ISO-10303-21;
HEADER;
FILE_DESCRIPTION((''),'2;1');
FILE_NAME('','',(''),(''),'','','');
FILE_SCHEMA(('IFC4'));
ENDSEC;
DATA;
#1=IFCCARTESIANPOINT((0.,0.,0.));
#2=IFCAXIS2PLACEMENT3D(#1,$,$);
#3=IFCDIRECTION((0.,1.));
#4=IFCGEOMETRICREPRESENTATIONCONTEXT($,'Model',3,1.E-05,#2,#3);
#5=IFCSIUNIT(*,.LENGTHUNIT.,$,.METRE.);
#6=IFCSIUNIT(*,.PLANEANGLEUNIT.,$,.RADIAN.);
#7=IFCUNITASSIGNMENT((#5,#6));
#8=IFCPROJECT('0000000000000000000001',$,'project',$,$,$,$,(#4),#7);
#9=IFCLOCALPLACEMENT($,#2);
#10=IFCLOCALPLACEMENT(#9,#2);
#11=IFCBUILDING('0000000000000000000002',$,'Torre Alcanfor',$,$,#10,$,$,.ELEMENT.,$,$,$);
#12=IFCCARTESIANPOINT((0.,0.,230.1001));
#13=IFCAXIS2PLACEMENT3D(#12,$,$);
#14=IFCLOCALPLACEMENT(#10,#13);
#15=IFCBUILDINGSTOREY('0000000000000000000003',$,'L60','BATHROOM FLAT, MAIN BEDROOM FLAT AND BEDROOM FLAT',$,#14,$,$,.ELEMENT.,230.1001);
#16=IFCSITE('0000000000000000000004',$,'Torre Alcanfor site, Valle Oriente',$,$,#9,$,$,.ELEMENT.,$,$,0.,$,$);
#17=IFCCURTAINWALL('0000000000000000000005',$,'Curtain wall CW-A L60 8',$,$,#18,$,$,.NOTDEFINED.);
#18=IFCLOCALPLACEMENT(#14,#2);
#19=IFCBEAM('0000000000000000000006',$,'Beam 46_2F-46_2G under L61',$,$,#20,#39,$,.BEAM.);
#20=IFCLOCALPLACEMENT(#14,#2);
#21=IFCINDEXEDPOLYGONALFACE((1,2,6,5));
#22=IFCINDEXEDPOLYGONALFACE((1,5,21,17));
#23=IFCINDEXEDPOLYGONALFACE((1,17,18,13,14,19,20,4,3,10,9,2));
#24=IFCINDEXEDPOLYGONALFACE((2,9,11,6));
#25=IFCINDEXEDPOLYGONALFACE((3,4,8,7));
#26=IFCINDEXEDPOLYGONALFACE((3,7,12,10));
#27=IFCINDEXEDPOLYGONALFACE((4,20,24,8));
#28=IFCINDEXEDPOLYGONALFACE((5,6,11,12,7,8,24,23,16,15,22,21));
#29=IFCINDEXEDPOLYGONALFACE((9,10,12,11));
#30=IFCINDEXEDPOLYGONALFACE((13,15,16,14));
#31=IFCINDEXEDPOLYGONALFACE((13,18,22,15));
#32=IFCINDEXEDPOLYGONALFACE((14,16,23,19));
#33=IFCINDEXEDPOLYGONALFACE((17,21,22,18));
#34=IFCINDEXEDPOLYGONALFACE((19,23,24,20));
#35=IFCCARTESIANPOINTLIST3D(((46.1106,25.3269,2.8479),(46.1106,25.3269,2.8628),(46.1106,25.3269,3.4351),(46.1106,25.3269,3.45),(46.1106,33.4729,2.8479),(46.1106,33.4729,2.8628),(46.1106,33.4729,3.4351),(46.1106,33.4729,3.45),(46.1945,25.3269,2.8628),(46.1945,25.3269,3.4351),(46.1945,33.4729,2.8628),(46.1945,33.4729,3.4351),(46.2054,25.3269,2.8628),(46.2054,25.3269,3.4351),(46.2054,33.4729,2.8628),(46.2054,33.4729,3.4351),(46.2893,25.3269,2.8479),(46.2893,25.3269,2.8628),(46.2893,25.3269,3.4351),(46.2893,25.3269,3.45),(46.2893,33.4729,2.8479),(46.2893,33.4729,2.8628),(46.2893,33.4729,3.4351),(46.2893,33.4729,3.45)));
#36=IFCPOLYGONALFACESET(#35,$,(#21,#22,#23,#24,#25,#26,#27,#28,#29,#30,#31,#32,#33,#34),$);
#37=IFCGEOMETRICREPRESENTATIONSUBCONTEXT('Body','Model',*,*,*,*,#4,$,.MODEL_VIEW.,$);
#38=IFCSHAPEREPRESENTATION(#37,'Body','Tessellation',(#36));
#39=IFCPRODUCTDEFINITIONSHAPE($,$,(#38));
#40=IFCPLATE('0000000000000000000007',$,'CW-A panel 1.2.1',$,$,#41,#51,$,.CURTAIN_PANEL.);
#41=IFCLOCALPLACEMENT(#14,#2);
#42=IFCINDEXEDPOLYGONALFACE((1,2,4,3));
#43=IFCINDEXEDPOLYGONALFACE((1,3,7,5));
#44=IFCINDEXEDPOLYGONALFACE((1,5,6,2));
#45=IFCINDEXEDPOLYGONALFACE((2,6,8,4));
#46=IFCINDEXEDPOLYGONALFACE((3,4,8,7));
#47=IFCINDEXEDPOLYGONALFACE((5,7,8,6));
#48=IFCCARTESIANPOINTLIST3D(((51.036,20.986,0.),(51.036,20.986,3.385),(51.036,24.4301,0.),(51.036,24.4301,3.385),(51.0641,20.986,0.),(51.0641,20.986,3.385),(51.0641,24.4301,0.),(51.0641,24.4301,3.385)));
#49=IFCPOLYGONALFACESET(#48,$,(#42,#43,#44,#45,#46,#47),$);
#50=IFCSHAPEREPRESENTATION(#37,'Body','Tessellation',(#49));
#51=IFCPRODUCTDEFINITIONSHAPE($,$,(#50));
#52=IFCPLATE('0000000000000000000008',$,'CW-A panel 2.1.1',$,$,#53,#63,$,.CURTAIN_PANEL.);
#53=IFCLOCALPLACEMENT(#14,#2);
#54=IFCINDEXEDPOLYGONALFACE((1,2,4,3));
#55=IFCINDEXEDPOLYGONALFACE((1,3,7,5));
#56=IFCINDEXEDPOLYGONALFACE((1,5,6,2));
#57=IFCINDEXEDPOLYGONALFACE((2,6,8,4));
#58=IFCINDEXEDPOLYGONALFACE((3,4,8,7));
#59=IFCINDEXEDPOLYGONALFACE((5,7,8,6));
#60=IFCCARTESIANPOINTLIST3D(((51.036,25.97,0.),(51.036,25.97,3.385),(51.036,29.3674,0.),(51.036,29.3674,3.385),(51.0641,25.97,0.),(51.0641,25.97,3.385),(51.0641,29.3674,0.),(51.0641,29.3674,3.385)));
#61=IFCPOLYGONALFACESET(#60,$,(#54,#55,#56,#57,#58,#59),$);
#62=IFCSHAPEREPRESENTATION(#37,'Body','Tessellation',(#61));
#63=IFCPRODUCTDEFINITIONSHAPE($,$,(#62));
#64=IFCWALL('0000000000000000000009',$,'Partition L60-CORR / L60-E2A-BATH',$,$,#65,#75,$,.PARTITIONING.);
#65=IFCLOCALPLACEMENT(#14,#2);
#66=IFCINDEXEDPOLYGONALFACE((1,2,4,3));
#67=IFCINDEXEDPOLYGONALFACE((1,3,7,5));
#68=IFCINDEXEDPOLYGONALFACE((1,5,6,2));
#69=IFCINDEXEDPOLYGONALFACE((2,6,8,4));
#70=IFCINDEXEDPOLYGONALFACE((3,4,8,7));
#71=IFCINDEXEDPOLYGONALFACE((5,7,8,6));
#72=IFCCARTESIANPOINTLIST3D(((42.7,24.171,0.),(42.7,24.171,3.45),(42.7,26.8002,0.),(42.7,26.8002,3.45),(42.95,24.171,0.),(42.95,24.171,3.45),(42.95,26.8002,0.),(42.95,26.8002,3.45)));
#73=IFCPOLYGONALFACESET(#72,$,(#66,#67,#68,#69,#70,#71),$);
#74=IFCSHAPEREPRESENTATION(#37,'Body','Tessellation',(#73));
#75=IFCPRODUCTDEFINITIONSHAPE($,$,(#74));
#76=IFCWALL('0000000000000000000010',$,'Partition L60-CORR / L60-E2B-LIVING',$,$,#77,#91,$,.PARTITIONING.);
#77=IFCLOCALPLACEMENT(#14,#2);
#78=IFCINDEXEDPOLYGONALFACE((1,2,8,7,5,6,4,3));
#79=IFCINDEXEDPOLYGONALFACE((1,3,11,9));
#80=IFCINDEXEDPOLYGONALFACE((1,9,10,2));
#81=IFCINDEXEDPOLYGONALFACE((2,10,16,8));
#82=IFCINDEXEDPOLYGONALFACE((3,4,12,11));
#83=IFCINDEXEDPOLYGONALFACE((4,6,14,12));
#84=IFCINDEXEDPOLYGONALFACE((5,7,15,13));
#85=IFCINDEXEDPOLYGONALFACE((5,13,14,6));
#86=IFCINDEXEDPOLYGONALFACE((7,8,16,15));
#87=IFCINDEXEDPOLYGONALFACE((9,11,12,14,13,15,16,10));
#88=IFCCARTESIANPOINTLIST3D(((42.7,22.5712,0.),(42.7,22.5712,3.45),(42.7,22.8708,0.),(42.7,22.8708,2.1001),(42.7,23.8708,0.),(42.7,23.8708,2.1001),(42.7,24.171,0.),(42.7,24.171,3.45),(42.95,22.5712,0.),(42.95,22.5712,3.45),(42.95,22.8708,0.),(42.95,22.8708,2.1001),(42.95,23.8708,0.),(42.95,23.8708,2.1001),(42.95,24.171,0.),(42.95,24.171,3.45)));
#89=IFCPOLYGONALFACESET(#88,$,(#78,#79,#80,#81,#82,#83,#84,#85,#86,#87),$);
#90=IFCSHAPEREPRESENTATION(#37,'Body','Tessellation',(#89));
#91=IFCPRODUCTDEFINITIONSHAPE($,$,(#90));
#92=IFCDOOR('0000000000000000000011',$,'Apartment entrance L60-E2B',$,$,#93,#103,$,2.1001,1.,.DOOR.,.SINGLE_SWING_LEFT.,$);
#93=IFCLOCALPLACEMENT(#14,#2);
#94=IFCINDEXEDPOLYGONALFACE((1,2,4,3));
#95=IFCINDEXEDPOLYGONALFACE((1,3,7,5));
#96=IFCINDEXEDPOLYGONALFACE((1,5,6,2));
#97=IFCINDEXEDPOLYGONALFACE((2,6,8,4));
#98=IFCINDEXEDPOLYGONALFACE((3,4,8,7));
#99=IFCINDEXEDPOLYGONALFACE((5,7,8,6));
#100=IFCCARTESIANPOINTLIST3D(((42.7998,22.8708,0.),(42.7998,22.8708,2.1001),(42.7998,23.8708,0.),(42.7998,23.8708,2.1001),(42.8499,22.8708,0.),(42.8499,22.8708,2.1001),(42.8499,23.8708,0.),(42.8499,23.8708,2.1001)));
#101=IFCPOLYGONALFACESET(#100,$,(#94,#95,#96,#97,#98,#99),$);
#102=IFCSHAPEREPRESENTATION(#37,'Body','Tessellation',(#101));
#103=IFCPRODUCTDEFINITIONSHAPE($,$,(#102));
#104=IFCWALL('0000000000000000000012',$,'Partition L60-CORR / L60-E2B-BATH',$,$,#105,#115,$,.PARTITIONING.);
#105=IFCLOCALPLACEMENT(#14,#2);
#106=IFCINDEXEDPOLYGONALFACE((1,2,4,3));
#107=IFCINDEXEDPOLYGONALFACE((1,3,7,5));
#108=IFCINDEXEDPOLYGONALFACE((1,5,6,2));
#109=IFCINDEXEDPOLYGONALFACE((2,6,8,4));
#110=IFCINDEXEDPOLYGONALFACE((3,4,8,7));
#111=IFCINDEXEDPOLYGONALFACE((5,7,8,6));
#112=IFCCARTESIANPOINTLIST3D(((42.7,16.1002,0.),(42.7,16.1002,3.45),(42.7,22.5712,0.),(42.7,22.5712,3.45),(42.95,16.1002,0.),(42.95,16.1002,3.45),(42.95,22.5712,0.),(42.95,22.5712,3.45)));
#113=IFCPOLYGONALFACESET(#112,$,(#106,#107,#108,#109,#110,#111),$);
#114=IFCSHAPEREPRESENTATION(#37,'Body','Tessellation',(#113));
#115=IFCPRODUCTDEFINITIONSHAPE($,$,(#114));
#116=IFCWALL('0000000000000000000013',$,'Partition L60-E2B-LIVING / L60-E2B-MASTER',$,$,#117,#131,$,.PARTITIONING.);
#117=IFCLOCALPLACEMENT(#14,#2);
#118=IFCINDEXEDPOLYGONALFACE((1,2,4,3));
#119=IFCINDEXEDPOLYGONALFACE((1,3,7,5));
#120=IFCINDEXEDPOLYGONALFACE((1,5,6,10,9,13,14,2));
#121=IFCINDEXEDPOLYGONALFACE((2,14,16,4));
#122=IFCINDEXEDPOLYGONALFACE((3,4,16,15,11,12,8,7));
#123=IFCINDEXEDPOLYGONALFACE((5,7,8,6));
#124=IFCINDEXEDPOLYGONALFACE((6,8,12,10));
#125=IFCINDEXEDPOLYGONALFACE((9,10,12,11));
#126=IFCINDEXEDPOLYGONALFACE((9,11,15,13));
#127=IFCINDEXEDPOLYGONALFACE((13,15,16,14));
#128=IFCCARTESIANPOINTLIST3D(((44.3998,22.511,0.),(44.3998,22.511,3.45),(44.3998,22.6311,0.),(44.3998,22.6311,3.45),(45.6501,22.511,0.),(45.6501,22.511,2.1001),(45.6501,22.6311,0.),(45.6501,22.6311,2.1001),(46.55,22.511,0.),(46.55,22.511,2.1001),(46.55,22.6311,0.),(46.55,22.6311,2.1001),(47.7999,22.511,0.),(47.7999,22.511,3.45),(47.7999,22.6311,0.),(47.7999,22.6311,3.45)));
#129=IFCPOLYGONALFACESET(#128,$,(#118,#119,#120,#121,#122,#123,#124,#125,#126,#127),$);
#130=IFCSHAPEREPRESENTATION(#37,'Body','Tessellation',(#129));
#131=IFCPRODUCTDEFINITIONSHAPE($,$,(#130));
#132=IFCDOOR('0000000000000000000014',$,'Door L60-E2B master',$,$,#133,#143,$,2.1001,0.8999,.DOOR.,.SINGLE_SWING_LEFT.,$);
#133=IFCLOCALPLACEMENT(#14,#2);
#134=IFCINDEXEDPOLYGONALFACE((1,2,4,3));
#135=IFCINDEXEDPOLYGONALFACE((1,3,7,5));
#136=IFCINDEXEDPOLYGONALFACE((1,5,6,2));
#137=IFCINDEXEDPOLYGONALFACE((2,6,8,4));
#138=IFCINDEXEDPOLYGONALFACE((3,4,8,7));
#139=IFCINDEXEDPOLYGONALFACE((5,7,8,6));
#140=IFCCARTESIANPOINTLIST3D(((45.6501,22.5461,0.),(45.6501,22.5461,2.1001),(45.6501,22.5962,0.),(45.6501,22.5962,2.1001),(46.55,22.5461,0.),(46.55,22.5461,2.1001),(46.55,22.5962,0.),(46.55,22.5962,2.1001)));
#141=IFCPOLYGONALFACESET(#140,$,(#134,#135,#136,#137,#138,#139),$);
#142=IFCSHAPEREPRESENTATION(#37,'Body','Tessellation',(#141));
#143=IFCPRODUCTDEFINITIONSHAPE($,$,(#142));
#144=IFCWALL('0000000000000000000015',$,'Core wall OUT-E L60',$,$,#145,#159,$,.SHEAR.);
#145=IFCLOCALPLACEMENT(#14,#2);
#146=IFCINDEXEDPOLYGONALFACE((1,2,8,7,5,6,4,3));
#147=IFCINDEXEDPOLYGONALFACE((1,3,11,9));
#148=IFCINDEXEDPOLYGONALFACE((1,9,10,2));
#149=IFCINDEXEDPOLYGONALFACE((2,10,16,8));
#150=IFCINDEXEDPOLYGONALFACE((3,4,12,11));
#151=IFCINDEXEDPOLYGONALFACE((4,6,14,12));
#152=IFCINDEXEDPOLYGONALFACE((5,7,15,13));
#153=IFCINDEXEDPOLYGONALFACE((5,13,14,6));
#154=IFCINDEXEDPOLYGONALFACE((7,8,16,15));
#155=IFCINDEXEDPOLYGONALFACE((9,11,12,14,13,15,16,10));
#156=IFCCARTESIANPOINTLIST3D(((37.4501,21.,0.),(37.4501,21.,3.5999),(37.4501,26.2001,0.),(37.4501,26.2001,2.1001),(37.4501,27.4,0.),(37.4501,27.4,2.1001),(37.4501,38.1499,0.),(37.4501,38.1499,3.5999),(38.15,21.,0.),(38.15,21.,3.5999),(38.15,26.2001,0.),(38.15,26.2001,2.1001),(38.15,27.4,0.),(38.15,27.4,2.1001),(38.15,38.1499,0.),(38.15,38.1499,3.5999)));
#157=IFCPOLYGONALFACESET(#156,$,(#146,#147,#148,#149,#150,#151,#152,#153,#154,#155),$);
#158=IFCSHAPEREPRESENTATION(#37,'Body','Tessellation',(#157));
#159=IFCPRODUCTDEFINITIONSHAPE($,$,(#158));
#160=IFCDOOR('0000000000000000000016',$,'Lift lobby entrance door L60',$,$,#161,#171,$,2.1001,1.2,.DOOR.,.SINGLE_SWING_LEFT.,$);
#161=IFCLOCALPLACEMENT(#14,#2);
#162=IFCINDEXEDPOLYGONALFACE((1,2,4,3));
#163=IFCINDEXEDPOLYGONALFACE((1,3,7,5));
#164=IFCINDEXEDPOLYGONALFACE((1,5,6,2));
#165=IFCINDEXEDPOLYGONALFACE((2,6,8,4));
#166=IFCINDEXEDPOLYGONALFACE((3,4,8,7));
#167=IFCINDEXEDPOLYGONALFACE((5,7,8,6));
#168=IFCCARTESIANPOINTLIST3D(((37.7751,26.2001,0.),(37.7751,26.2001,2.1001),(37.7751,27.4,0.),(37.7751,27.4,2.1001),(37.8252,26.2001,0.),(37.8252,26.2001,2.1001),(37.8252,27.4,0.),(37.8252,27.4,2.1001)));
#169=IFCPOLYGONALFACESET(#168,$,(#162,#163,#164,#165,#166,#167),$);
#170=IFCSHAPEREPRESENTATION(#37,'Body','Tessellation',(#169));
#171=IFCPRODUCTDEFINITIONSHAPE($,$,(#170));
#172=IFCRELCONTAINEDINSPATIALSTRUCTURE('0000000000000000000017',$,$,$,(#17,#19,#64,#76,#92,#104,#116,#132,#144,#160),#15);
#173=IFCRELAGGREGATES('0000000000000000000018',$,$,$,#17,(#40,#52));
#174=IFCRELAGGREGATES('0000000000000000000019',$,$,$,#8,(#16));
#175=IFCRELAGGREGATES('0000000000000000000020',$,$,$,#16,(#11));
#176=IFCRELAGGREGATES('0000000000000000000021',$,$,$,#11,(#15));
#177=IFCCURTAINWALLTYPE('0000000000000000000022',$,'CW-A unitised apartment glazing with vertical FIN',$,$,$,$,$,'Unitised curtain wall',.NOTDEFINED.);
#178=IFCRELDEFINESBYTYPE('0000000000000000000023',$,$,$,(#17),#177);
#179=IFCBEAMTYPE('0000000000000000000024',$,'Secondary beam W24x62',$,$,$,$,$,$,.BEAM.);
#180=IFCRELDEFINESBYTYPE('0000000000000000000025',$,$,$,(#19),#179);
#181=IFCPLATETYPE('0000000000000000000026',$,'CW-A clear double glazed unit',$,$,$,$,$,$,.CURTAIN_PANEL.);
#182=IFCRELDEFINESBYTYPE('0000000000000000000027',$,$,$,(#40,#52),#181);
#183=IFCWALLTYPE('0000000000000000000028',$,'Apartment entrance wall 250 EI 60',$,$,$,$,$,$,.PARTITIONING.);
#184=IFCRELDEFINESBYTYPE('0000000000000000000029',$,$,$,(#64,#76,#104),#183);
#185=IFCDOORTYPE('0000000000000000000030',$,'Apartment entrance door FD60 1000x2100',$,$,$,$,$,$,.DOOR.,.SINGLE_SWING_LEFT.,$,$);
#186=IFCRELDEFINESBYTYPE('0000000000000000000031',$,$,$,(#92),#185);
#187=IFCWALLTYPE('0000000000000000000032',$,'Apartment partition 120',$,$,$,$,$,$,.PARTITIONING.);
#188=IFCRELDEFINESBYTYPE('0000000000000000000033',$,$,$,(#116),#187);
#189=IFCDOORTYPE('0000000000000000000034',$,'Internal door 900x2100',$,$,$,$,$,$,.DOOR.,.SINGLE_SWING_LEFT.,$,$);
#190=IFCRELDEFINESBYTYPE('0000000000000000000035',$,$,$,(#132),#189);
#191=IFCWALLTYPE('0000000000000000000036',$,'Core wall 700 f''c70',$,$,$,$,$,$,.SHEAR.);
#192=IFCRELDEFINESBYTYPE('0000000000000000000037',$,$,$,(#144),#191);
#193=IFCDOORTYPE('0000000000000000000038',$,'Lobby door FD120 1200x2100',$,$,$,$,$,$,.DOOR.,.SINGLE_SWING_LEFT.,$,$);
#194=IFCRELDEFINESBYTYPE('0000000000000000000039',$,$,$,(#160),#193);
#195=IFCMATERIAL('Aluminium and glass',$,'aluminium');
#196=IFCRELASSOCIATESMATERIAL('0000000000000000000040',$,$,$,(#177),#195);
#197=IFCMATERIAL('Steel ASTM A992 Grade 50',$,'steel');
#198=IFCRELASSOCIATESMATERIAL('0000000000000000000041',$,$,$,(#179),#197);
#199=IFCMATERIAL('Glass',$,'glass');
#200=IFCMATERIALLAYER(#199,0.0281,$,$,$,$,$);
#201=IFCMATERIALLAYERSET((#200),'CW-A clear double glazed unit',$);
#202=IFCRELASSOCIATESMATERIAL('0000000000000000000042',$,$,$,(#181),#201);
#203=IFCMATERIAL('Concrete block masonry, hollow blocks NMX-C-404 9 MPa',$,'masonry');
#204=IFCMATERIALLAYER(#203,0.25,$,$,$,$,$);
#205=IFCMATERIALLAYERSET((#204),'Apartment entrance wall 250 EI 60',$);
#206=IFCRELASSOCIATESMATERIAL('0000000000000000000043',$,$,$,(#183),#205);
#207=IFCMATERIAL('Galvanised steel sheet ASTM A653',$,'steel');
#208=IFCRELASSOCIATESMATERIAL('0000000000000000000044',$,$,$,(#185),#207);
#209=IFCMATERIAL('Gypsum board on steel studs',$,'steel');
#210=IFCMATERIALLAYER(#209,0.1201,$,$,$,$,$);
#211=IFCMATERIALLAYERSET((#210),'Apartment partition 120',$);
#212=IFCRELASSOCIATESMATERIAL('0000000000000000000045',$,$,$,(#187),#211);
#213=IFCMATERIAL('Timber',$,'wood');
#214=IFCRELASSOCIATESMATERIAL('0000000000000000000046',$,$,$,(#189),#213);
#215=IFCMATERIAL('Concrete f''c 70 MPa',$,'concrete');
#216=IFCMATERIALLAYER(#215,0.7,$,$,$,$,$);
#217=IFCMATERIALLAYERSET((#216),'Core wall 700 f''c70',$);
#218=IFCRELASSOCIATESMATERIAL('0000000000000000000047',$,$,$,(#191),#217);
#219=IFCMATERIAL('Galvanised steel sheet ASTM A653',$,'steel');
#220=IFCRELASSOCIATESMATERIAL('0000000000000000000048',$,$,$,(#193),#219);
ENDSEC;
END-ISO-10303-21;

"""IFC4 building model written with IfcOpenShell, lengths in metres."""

from ifc_helpers import new_model, si_unit, direction, frame, frame_2d, origin, origin_2d, place, context, subcontext, project, spatial, rectangle, i_section, extrude, material, layer, layer_set, material_profile, profile_set, type_object, element, fill, aggregate, save


model = new_model("IFC4")

# Units and contexts
model_context = context("Model", 3, precision=1e-05, world=origin(), true_north=direction((0.0, 1.0)))
body_context = subcontext(model_context, "Body", "Model", "MODEL_VIEW")
ifc_project = project(units=[si_unit("LENGTHUNIT", "METRE"), si_unit("PLANEANGLEUNIT", "RADIAN")], contexts=[model_context])

# Site, building, storey
site_placement = place(None, origin())
site = spatial("IfcSite", under=ifc_project, at=site_placement, Name="Torre Alcanfor site, Valle Oriente", CompositionType="ELEMENT", RefElevation=0.0)
building_placement = place(site_placement, origin())
building = spatial("IfcBuilding", under=site, at=building_placement, Name="Torre Alcanfor", CompositionType="ELEMENT")
storey_placement = place(building_placement, frame((0.0, 0.0, 230.1001)))
storey = spatial("IfcBuildingStorey", under=building, at=storey_placement, Name="L60", Description="BATHROOM FLAT, MAIN BEDROOM FLAT AND BEDROOM FLAT", CompositionType="ELEMENT", Elevation=230.1001)

# Curtain wall
ifc_material_1 = material(Name="Aluminium and glass", Category="aluminium")
curtain_wall_type = type_object("IfcCurtainWallType", Name="CW-A unitised apartment glazing with vertical FIN", ElementType="Unitised curtain wall", PredefinedType="NOTDEFINED", material=ifc_material_1)
curtain_wall_placement = place(storey_placement, origin())
curtain_wall = element("IfcCurtainWall", 1, at=curtain_wall_placement, inside=storey, type_object=curtain_wall_type, Name="Curtain wall CW-A L60 8", PredefinedType="NOTDEFINED")

# Beam
ifc_material_2 = material(Name="Steel ASTM A992 Grade 50", Category="steel")
ifc_material_profile_1 = material_profile(ifc_material_2, i_section(OverallWidth=0.1787, OverallDepth=0.6021, WebThickness=0.011, FlangeThickness=0.0149, at=origin_2d()), Name="W24x62")
ifc_profile_set_1 = profile_set([ifc_material_profile_1], Name="Steel ASTM A992 Grade 50")
beam_type_1 = type_object("IfcBeamType", Name="Secondary beam W24x62", PredefinedType="BEAM", material=ifc_profile_set_1)
beam_1_placement = place(storey_placement, frame((46.2, 25.3269, 3.1489), z_axis=(0.0, 1.0, 0.0), x_axis=(-1.0, 0.0, 0.0)))
element("IfcBeam", 2, at=beam_1_placement, inside=storey, type_object=beam_type_1, Name="Beam 46_2F-46_2G under L61", PredefinedType="BEAM", context=body_context, shape_type="SweptSolid", body=[
    extrude(i_section(OverallWidth=0.1787, OverallDepth=0.6021, WebThickness=0.011, FlangeThickness=0.0149, at=origin_2d()), origin(), (0.0, 0.0, 1.0), 8.146),
])

# Plates
ifc_material_3 = material(Name="Glass", Category="glass")
ifc_layer_1 = layer(ifc_material_3, 0.0281)
ifc_layer_set_1 = layer_set([ifc_layer_1], Name="CW-A clear double glazed unit")
plate_type = type_object("IfcPlateType", Name="CW-A clear double glazed unit", PredefinedType="CURTAIN_PANEL", material=ifc_layer_set_1)
plate_1_placement = place(storey_placement, frame((51.05, 22.708, 0.0), z_axis=(0.0, 0.0, 1.0), x_axis=(0.0, 1.0, 0.0)))
plate_1 = element("IfcPlate", 3, at=plate_1_placement, type_object=plate_type, Name="CW-A panel 1.2.1", PredefinedType="CURTAIN_PANEL", context=body_context, shape_type="SweptSolid", body=[
    extrude(rectangle(XDim=3.4441, YDim=0.0281, at=origin_2d()), origin(), (0.0, 0.0, 1.0), 3.385),
])
plate_2_placement = place(storey_placement, frame((51.05, 27.6687, 0.0), z_axis=(0.0, 0.0, 1.0), x_axis=(0.0, 1.0, 0.0)))
plate_2 = element("IfcPlate", 4, at=plate_2_placement, type_object=plate_type, Name="CW-A panel 2.1.1", PredefinedType="CURTAIN_PANEL", context=body_context, shape_type="SweptSolid", body=[
    extrude(rectangle(XDim=3.3975, YDim=0.0281, at=origin_2d()), origin(), (0.0, 0.0, 1.0), 3.385),
])
aggregate(curtain_wall, [plate_1, plate_2])

# Wall
ifc_material_4 = material(Name="Concrete block masonry, hollow blocks NMX-C-404 9 MPa", Category="masonry")
ifc_layer_2 = layer(ifc_material_4, 0.25)
ifc_layer_set_2 = layer_set([ifc_layer_2], Name="Apartment entrance wall 250 EI 60")
wall_type_1 = type_object("IfcWallType", Name="Apartment entrance wall 250 EI 60", PredefinedType="PARTITIONING", material=ifc_layer_set_2)
wall_1_placement = place(storey_placement, frame((42.825, 26.8, 0.0), z_axis=(0.0, 0.0, 1.0), x_axis=(0.0, -1.0, 0.0)))
element("IfcWall", 5, at=wall_1_placement, inside=storey, type_object=wall_type_1, Name="Partition L60-CORR / L60-E2A-BATH", PredefinedType="PARTITIONING", context=body_context, shape_type="SweptSolid", body=[
    extrude(rectangle(XDim=2.6292, YDim=0.25, at=frame_2d((1.3145, 0.0))), origin(), (0.0, 0.0, 1.0), 3.45),
])

# Wall, opening, door
wall_2_placement = place(storey_placement, frame((42.825, 24.1709, 0.0), z_axis=(0.0, 0.0, 1.0), x_axis=(0.0, -1.0, 0.0)))
wall_2 = element("IfcWall", 6, at=wall_2_placement, inside=storey, type_object=wall_type_1, Name="Partition L60-CORR / L60-E2B-LIVING", PredefinedType="PARTITIONING", context=body_context, shape_type="SweptSolid", body=[
    extrude(rectangle(XDim=1.5999, YDim=0.25, at=frame_2d((0.7998, 0.0))), origin(), (0.0, 0.0, 1.0), 3.45),
])
opening_1_placement = place(wall_2_placement, frame((0.3, 0.0, 0.0)))
opening_1 = element("IfcOpeningElement", 7, at=opening_1_placement, cuts=wall_2, PredefinedType="OPENING", context=body_context, shape_type="SweptSolid", body=[
    extrude(rectangle(XDim=1.0, YDim=2.1001, at=frame_2d((0.5, 1.05))), frame((0.0, 0.135, 0.0), z_axis=(0.0, -1.0, 0.0), x_axis=(1.0, 0.0, 0.0)), (0.0, 0.0, 1.0), 0.27),
])
ifc_material_5 = material(Name="Galvanised steel sheet ASTM A653", Category="steel")
door_type_1 = type_object("IfcDoorType", Name="Apartment entrance door FD60 1000x2100", OperationType="SINGLE_SWING_LEFT", PredefinedType="DOOR", material=ifc_material_5)
door_1_placement = place(opening_1_placement, origin())
door_1 = element("IfcDoor", 8, at=door_1_placement, inside=storey, type_object=door_type_1, Name="Apartment entrance L60-E2B", OperationType="SINGLE_SWING_LEFT", OverallHeight=2.1001, OverallWidth=1.0, PredefinedType="DOOR", context=body_context, shape_type="SweptSolid", body=[
    extrude(rectangle(XDim=1.0, YDim=2.1001, at=frame_2d((0.5, 1.05))), frame((0.0, 0.0249, 0.0), z_axis=(0.0, -1.0, 0.0), x_axis=(1.0, 0.0, 0.0)), (0.0, 0.0, 1.0), 0.05),
])
fill(opening_1, door_1)

# Wall
wall_3_placement = place(storey_placement, frame((42.825, 22.571, 0.0), z_axis=(0.0, 0.0, 1.0), x_axis=(0.0, -1.0, 0.0)))
element("IfcWall", 9, at=wall_3_placement, inside=storey, type_object=wall_type_1, Name="Partition L60-CORR / L60-E2B-BATH", PredefinedType="PARTITIONING", context=body_context, shape_type="SweptSolid", body=[
    extrude(rectangle(XDim=6.4709, YDim=0.25, at=frame_2d((3.2354, 0.0))), origin(), (0.0, 0.0, 1.0), 3.45),
])

# Walls, openings, doors
ifc_material_6 = material(Name="Gypsum board on steel studs", Category="steel")
ifc_layer_3 = layer(ifc_material_6, 0.1201)
ifc_layer_set_3 = layer_set([ifc_layer_3], Name="Apartment partition 120")
wall_type_2 = type_object("IfcWallType", Name="Apartment partition 120", PredefinedType="PARTITIONING", material=ifc_layer_set_3)
wall_4_placement = place(storey_placement, frame((47.8, 22.571, 0.0), z_axis=(0.0, 0.0, 1.0), x_axis=(-1.0, 0.0, 0.0)))
wall_4 = element("IfcWall", 10, at=wall_4_placement, inside=storey, type_object=wall_type_2, Name="Partition L60-E2B-LIVING / L60-E2B-MASTER", PredefinedType="PARTITIONING", context=body_context, shape_type="SweptSolid", body=[
    extrude(rectangle(XDim=3.4001, YDim=0.1201, at=frame_2d((1.7002, 0.0))), origin(), (0.0, 0.0, 1.0), 3.45),
])
opening_2_placement = place(wall_4_placement, frame((1.25, 0.0, 0.0)))
opening_2 = element("IfcOpeningElement", 11, at=opening_2_placement, cuts=wall_4, PredefinedType="OPENING", context=body_context, shape_type="SweptSolid", body=[
    extrude(rectangle(XDim=0.8999, YDim=2.1001, at=frame_2d((0.45, 1.05))), frame((0.0, 0.0701, 0.0), z_axis=(0.0, -1.0, 0.0), x_axis=(1.0, 0.0, 0.0)), (0.0, 0.0, 1.0), 0.1401),
])
ifc_material_7 = material(Name="Timber", Category="wood")
door_type_2 = type_object("IfcDoorType", Name="Internal door 900x2100", OperationType="SINGLE_SWING_LEFT", PredefinedType="DOOR", material=ifc_material_7)
door_2_placement = place(opening_2_placement, origin())
door_2 = element("IfcDoor", 12, at=door_2_placement, inside=storey, type_object=door_type_2, Name="Door L60-E2B master", OperationType="SINGLE_SWING_LEFT", OverallHeight=2.1001, OverallWidth=0.8999, PredefinedType="DOOR", context=body_context, shape_type="SweptSolid", body=[
    extrude(rectangle(XDim=0.8999, YDim=2.1001, at=frame_2d((0.45, 1.05))), frame((0.0, 0.0249, 0.0), z_axis=(0.0, -1.0, 0.0), x_axis=(1.0, 0.0, 0.0)), (0.0, 0.0, 1.0), 0.05),
])
fill(opening_2, door_2)
ifc_material_8 = material(Name="Concrete f'c 70 MPa", Category="concrete")
ifc_layer_4 = layer(ifc_material_8, 0.7)
ifc_layer_set_4 = layer_set([ifc_layer_4], Name="Core wall 700 f'c70")
wall_type_3 = type_object("IfcWallType", Name="Core wall 700 f'c70", PredefinedType="SHEAR", material=ifc_layer_set_4)
wall_5_placement = place(storey_placement, frame((37.8, 21.0, 0.0), z_axis=(0.0, 0.0, 1.0), x_axis=(0.0, 1.0, 0.0)))
wall_5 = element("IfcWall", 13, at=wall_5_placement, inside=storey, type_object=wall_type_3, Name="Core wall OUT-E L60", PredefinedType="SHEAR", context=body_context, shape_type="SweptSolid", body=[
    extrude(rectangle(XDim=17.1499, YDim=0.7, at=frame_2d((8.575, 0.0))), origin(), (0.0, 0.0, 1.0), 3.5999),
])
opening_3_placement = place(wall_5_placement, frame((5.2, 0.0, 0.0)))
opening_3 = element("IfcOpeningElement", 14, at=opening_3_placement, cuts=wall_5, PredefinedType="OPENING", context=body_context, shape_type="SweptSolid", body=[
    extrude(rectangle(XDim=1.2, YDim=2.1001, at=frame_2d((0.6001, 1.05))), frame((0.0, 0.3599, 0.0), z_axis=(0.0, -1.0, 0.0), x_axis=(1.0, 0.0, 0.0)), (0.0, 0.0, 1.0), 0.72),
])
ifc_material_9 = material(Name="Galvanised steel sheet ASTM A653", Category="steel")
door_type_3 = type_object("IfcDoorType", Name="Lobby door FD120 1200x2100", OperationType="SINGLE_SWING_LEFT", PredefinedType="DOOR", material=ifc_material_9)
door_3_placement = place(opening_3_placement, origin())
door_3 = element("IfcDoor", 15, at=door_3_placement, inside=storey, type_object=door_type_3, Name="Lift lobby entrance door L60", OperationType="SINGLE_SWING_LEFT", OverallHeight=2.1001, OverallWidth=1.2, PredefinedType="DOOR", context=body_context, shape_type="SweptSolid", body=[
    extrude(rectangle(XDim=1.2, YDim=2.1001, at=frame_2d((0.6001, 1.05))), frame((0.0, 0.0249, 0.0), z_axis=(0.0, -1.0, 0.0), x_axis=(1.0, 0.0, 0.0)), (0.0, 0.0, 1.0), 0.05),
])
fill(opening_3, door_3)

save(model, "model.ifc")
